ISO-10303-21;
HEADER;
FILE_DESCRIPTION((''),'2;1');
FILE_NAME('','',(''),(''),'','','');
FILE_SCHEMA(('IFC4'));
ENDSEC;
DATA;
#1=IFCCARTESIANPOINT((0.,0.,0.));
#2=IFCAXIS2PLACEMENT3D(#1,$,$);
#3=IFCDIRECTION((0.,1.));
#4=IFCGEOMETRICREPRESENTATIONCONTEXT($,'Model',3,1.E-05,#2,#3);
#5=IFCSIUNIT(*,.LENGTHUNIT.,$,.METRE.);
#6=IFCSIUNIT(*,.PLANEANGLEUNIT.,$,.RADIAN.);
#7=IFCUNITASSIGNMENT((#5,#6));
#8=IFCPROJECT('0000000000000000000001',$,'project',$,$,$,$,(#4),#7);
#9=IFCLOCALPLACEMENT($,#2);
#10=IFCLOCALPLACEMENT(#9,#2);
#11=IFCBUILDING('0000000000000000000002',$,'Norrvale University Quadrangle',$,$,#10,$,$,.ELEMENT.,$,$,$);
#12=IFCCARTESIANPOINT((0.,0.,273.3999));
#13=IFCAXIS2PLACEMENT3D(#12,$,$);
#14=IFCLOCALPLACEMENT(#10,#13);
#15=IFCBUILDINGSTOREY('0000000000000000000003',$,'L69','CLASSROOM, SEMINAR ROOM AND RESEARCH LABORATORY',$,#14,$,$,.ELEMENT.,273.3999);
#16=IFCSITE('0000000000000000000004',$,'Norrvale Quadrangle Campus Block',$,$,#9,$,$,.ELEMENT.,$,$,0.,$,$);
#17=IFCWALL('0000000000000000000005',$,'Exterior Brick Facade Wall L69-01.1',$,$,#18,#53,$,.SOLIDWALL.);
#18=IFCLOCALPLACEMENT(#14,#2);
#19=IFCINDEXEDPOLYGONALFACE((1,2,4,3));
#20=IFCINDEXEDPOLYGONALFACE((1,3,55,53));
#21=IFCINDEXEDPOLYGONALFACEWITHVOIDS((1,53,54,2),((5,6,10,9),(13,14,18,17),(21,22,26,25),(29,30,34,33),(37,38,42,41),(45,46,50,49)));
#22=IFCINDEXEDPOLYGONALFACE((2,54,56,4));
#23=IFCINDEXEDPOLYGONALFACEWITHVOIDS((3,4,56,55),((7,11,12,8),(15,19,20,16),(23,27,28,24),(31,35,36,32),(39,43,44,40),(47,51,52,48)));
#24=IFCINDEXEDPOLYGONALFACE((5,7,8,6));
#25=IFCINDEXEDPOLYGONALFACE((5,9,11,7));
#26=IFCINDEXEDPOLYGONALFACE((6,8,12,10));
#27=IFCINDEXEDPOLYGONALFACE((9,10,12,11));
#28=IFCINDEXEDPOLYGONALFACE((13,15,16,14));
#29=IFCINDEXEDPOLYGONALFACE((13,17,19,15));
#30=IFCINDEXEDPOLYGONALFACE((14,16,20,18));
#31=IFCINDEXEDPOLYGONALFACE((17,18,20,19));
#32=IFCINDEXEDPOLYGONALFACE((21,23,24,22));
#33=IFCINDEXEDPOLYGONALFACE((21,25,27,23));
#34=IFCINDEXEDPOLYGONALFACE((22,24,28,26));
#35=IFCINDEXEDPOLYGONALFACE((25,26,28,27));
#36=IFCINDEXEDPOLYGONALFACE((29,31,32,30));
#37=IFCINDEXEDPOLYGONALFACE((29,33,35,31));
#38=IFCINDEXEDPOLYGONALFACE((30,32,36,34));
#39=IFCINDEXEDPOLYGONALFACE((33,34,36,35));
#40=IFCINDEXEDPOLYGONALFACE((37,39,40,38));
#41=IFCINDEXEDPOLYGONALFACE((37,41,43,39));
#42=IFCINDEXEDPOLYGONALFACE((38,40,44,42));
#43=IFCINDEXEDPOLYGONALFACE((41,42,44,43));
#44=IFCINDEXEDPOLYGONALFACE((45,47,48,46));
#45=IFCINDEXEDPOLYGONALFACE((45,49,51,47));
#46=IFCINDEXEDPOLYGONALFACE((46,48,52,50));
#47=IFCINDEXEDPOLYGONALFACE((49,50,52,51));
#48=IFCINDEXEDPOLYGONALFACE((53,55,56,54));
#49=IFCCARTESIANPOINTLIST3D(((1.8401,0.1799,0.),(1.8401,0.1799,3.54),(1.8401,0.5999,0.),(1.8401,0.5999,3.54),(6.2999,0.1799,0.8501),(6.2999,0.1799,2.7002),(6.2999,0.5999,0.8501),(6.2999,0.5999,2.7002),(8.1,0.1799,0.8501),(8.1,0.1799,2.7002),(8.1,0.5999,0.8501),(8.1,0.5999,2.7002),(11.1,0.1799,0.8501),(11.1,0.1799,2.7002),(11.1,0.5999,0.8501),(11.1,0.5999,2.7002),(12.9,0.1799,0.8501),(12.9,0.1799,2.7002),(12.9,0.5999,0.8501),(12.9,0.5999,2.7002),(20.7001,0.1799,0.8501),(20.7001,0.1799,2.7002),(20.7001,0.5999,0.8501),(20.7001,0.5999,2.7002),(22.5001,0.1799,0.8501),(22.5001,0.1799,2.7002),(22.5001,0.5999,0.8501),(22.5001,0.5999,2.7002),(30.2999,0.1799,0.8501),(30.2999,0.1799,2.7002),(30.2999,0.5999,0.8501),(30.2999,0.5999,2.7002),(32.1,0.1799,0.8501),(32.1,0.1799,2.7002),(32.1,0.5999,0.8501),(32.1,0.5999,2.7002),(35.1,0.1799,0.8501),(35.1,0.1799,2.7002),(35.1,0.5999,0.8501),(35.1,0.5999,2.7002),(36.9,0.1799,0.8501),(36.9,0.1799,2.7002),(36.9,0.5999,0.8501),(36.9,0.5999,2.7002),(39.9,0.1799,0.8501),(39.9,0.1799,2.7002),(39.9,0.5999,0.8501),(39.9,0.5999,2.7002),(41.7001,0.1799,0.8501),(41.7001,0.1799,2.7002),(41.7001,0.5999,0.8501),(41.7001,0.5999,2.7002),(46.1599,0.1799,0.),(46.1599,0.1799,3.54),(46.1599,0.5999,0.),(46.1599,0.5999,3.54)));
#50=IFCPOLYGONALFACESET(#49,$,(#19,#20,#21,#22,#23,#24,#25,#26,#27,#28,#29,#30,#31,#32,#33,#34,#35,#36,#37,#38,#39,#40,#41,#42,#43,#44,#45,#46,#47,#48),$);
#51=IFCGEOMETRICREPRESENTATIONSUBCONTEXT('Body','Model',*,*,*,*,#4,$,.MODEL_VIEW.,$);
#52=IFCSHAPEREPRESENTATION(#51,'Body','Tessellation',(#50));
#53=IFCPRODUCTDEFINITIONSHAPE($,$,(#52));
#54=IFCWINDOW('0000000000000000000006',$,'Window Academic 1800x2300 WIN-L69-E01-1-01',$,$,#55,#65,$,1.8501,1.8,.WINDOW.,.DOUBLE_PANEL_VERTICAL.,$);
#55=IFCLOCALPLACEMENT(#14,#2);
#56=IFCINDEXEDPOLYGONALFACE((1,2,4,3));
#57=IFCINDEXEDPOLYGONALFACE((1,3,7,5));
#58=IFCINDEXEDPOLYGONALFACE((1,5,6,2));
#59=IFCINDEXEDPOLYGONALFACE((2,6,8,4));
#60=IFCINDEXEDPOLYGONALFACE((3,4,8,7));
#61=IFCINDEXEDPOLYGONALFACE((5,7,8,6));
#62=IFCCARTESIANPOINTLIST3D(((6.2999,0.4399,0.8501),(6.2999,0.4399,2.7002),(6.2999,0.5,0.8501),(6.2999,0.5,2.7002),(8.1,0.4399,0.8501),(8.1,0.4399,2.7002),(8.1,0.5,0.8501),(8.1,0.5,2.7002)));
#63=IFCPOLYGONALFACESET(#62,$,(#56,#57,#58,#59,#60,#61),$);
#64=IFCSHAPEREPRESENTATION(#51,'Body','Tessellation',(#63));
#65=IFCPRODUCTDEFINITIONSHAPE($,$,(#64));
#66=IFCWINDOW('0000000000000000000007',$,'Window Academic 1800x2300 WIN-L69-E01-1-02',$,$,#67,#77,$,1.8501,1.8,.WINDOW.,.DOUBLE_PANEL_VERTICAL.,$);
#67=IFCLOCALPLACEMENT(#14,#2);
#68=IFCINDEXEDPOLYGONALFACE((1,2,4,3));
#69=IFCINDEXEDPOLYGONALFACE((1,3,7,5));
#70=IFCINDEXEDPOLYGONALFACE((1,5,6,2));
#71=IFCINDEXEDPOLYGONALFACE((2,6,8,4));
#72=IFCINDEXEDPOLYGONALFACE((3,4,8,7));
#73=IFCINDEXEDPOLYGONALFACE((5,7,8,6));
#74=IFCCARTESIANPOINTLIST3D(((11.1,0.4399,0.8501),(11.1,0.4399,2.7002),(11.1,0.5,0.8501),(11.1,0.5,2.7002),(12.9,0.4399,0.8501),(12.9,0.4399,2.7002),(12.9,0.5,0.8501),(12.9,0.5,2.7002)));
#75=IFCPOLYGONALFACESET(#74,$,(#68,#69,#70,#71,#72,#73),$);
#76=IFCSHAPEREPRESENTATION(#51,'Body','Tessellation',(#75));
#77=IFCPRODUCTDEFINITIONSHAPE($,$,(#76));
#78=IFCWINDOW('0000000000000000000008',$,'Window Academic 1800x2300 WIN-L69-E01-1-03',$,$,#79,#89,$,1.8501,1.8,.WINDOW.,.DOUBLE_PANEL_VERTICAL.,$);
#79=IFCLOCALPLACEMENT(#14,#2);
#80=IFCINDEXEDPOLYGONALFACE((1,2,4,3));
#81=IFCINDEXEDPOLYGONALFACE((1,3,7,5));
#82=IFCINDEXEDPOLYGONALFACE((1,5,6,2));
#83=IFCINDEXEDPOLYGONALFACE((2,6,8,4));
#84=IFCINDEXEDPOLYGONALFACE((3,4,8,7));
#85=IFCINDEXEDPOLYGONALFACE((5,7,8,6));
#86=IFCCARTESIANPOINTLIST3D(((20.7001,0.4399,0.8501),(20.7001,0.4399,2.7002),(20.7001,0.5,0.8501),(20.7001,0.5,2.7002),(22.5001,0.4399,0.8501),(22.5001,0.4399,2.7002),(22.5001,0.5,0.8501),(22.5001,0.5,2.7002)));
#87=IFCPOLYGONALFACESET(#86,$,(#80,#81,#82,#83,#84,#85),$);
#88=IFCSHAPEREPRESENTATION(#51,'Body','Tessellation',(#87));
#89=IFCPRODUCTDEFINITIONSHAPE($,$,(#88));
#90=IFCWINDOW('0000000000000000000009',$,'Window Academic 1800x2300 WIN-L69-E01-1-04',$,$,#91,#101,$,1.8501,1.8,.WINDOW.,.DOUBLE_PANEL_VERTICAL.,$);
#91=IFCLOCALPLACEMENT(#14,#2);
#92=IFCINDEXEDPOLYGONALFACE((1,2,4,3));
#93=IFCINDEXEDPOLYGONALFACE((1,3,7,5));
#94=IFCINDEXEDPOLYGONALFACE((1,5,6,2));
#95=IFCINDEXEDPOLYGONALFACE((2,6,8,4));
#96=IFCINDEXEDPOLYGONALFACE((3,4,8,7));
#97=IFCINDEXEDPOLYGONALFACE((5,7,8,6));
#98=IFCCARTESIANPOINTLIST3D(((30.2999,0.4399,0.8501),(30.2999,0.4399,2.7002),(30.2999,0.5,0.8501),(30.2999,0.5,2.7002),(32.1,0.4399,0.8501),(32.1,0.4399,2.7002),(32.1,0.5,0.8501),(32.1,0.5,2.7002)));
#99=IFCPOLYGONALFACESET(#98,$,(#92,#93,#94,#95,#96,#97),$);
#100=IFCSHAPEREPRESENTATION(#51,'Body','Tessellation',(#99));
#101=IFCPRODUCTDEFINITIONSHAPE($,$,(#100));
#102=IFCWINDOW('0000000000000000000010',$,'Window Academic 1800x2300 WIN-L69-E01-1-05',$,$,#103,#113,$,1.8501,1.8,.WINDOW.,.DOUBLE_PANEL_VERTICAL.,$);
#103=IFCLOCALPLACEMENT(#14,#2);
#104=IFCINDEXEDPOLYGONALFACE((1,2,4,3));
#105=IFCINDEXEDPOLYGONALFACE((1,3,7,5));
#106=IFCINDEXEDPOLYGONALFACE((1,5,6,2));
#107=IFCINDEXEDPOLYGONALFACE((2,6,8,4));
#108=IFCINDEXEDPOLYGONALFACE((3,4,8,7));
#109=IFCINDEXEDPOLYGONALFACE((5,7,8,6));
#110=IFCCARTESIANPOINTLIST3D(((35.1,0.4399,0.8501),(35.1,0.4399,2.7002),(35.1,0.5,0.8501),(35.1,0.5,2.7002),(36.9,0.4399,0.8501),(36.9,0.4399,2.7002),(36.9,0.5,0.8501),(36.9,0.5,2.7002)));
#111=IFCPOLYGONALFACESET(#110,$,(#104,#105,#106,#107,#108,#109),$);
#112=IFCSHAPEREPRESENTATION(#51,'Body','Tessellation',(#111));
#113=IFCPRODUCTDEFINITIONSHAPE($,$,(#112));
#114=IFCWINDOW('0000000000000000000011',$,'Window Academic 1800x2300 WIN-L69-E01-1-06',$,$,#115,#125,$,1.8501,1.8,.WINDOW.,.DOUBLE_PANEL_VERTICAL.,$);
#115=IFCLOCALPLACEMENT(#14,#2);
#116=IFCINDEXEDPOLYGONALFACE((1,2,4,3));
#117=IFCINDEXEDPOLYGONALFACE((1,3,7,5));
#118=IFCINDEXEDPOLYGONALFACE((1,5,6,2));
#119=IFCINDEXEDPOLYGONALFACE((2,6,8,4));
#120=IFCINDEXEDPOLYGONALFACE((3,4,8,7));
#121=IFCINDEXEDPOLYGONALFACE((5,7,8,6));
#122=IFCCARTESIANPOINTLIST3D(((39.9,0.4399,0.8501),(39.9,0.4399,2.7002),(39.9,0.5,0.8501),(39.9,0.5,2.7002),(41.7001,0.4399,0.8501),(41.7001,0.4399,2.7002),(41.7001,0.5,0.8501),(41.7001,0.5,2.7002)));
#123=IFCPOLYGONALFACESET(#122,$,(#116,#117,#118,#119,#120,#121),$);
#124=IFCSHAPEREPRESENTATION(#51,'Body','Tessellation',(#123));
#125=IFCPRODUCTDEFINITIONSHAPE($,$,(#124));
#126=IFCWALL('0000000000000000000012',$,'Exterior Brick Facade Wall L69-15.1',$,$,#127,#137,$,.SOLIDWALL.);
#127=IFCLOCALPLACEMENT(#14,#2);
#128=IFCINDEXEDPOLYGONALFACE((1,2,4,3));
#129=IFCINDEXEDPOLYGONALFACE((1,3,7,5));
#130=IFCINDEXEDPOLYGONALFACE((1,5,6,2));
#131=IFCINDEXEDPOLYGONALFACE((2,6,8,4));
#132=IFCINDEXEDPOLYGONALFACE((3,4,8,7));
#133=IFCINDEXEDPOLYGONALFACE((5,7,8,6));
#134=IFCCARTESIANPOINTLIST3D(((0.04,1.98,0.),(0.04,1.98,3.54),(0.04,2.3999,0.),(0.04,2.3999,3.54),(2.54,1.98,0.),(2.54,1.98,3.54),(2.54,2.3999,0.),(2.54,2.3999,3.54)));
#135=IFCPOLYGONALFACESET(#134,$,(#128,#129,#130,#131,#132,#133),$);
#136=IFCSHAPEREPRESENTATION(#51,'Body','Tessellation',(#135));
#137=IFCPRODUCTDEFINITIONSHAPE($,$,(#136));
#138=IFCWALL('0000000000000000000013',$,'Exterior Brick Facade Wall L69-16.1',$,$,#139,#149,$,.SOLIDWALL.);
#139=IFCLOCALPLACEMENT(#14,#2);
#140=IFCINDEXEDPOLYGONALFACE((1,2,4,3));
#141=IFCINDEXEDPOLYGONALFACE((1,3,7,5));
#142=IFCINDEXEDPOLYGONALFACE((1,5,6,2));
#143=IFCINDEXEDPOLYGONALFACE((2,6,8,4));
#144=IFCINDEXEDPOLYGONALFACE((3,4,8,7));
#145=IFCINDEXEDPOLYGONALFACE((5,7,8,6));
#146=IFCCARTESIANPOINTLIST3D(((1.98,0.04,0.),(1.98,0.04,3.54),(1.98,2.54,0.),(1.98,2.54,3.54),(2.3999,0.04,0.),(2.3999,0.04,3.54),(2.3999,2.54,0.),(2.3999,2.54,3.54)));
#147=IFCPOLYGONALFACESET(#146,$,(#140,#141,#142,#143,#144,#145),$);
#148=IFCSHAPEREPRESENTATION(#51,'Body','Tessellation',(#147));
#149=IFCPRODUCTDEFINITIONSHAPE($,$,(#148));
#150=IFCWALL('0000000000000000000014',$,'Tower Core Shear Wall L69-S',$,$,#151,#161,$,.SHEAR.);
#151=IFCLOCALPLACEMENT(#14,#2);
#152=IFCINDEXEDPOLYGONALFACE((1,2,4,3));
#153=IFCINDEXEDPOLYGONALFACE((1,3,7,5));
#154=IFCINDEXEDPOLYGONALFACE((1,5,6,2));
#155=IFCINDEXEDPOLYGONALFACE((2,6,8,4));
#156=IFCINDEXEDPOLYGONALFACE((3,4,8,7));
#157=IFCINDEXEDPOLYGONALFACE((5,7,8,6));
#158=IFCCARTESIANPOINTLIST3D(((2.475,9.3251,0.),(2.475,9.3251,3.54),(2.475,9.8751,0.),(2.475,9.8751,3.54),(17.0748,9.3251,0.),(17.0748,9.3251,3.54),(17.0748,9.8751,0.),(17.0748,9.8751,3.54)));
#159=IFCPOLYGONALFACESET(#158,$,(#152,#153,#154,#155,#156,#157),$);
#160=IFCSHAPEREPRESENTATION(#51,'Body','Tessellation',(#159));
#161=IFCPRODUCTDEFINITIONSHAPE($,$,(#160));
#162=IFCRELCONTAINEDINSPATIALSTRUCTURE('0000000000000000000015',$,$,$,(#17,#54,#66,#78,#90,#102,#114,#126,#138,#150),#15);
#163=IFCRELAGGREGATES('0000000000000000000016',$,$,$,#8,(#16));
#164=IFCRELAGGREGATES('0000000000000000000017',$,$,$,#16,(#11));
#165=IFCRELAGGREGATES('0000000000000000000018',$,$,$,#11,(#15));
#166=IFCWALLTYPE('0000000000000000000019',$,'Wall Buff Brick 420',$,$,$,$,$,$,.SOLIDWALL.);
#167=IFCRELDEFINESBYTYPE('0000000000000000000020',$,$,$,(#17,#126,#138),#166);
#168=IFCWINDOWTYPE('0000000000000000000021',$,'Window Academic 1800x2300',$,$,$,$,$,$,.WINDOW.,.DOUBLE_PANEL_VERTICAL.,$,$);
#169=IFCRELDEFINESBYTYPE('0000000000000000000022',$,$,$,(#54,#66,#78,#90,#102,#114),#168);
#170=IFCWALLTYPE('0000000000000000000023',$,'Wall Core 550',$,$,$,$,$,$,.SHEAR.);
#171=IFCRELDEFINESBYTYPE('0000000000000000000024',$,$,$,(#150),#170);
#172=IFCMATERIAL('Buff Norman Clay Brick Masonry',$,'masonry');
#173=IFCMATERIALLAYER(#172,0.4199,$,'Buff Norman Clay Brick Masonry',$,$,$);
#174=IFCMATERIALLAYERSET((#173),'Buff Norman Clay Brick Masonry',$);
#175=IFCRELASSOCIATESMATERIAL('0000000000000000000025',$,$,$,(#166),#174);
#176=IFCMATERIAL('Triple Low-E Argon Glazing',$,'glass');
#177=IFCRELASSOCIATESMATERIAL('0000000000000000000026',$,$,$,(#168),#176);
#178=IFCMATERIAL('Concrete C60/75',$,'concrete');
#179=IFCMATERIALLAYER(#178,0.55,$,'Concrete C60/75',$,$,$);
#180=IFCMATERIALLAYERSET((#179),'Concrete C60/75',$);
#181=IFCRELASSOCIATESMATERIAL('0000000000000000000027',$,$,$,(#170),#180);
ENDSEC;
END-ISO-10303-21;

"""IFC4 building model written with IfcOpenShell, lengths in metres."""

from ifc_helpers import new_model, si_unit, direction, frame, frame_2d, origin, place, context, subcontext, project, spatial, rectangle, extrude, material, layer, layer_set, type_object, element, fill, save


model = new_model("IFC4")

# Units and contexts
model_context = context("Model", 3, precision=1e-05, world=origin(), true_north=direction((0.0, 1.0)))
body_context = subcontext(model_context, "Body", "Model", "MODEL_VIEW")
ifc_project = project(units=[si_unit("LENGTHUNIT", "METRE"), si_unit("PLANEANGLEUNIT", "RADIAN")], contexts=[model_context])

# Site, building, storey
site_placement = place(None, origin())
site = spatial("IfcSite", under=ifc_project, at=site_placement, Name="Norrvale Quadrangle Campus Block", CompositionType="ELEMENT", RefElevation=0.0)
building_placement = place(site_placement, origin())
building = spatial("IfcBuilding", under=site, at=building_placement, Name="Norrvale University Quadrangle", CompositionType="ELEMENT")
storey_placement = place(building_placement, frame((0.0, 0.0, 273.3999)))
storey = spatial("IfcBuildingStorey", under=building, at=storey_placement, Name="L69", Description="CLASSROOM, SEMINAR ROOM AND RESEARCH LABORATORY", CompositionType="ELEMENT", Elevation=273.3999)

# Shared definitions
ifc_material_1 = material(Name="Concrete C60/75", Category="concrete")

# Wall, openings, windows
ifc_material_2 = material(Name="Buff Norman Clay Brick Masonry", Category="masonry")
ifc_layer_1 = layer(ifc_material_2, 0.4199, Name="Buff Norman Clay Brick Masonry")
ifc_layer_set_1 = layer_set([ifc_layer_1], Name="Buff Norman Clay Brick Masonry")
wall_type_1 = type_object("IfcWallType", Name="Wall Buff Brick 420", PredefinedType="SOLIDWALL", material=ifc_layer_set_1)
wall_1_placement = place(storey_placement, frame((1.8401, 0.3899, 0.0), z_axis=(0.0, 0.0, 1.0), x_axis=(1.0, 0.0, 0.0)))
wall_1 = element("IfcWall", 1, at=wall_1_placement, inside=storey, type_object=wall_type_1, Name="Exterior Brick Facade Wall L69-01.1", PredefinedType="SOLIDWALL", context=body_context, shape_type="SweptSolid", body=[
    extrude(rectangle(XDim=44.3198, YDim=0.4199, at=frame_2d((22.1599, 0.0))), origin(), (0.0, 0.0, 1.0), 3.54),
])
opening_1_placement = place(wall_1_placement, frame((4.46, 0.0, 0.8501)))
opening_1 = element("IfcOpeningElement", 2, at=opening_1_placement, cuts=wall_1, PredefinedType="OPENING", context=body_context, shape_type="SweptSolid", body=[
    extrude(rectangle(XDim=1.8, YDim=1.8501, at=frame_2d((0.8999, 0.925))), frame((0.0, 0.2219, 0.0), z_axis=(0.0, -1.0, 0.0), x_axis=(1.0, 0.0, 0.0)), (0.0, 0.0, 1.0), 0.4438),
])
opening_2_placement = place(wall_1_placement, frame((9.26, 0.0, 0.8501)))
opening_2 = element("IfcOpeningElement", 3, at=opening_2_placement, cuts=wall_1, PredefinedType="OPENING", context=body_context, shape_type="SweptSolid", body=[
    extrude(rectangle(XDim=1.8, YDim=1.8501, at=frame_2d((0.8999, 0.925))), frame((0.0, 0.2219, 0.0), z_axis=(0.0, -1.0, 0.0), x_axis=(1.0, 0.0, 0.0)), (0.0, 0.0, 1.0), 0.4438),
])
opening_3_placement = place(wall_1_placement, frame((18.8601, 0.0, 0.8501)))
opening_3 = element("IfcOpeningElement", 4, at=opening_3_placement, cuts=wall_1, PredefinedType="OPENING", context=body_context, shape_type="SweptSolid", body=[
    extrude(rectangle(XDim=1.8, YDim=1.8501, at=frame_2d((0.8999, 0.925))), frame((0.0, 0.2219, 0.0), z_axis=(0.0, -1.0, 0.0), x_axis=(1.0, 0.0, 0.0)), (0.0, 0.0, 1.0), 0.4438),
])
opening_4_placement = place(wall_1_placement, frame((28.46, 0.0, 0.8501)))
opening_4 = element("IfcOpeningElement", 5, at=opening_4_placement, cuts=wall_1, PredefinedType="OPENING", context=body_context, shape_type="SweptSolid", body=[
    extrude(rectangle(XDim=1.8, YDim=1.8501, at=frame_2d((0.8999, 0.925))), frame((0.0, 0.2219, 0.0), z_axis=(0.0, -1.0, 0.0), x_axis=(1.0, 0.0, 0.0)), (0.0, 0.0, 1.0), 0.4438),
])
opening_5_placement = place(wall_1_placement, frame((33.26, 0.0, 0.8501)))
opening_5 = element("IfcOpeningElement", 6, at=opening_5_placement, cuts=wall_1, PredefinedType="OPENING", context=body_context, shape_type="SweptSolid", body=[
    extrude(rectangle(XDim=1.8, YDim=1.8501, at=frame_2d((0.8999, 0.925))), frame((0.0, 0.2219, 0.0), z_axis=(0.0, -1.0, 0.0), x_axis=(1.0, 0.0, 0.0)), (0.0, 0.0, 1.0), 0.4438),
])
opening_6_placement = place(wall_1_placement, frame((38.0601, 0.0, 0.8501)))
opening_6 = element("IfcOpeningElement", 7, at=opening_6_placement, cuts=wall_1, PredefinedType="OPENING", context=body_context, shape_type="SweptSolid", body=[
    extrude(rectangle(XDim=1.8, YDim=1.8501, at=frame_2d((0.8999, 0.925))), frame((0.0, 0.2219, 0.0), z_axis=(0.0, -1.0, 0.0), x_axis=(1.0, 0.0, 0.0)), (0.0, 0.0, 1.0), 0.4438),
])
ifc_material_3 = material(Name="Triple Low-E Argon Glazing", Category="glass")
window_type = type_object("IfcWindowType", Name="Window Academic 1800x2300", PartitioningType="DOUBLE_PANEL_VERTICAL", PredefinedType="WINDOW", material=ifc_material_3)
window_1_placement = place(opening_1_placement, origin())
window_1 = element("IfcWindow", 8, at=window_1_placement, inside=storey, type_object=window_type, Name="Window Academic 1800x2300 WIN-L69-E01-1-01", OverallHeight=1.8501, OverallWidth=1.8, PartitioningType="DOUBLE_PANEL_VERTICAL", PredefinedType="WINDOW", context=body_context, shape_type="SweptSolid", body=[
    extrude(rectangle(XDim=1.8, YDim=1.8501, at=frame_2d((0.8999, 0.925))), frame((0.0, 0.1101, 0.0), z_axis=(0.0, -1.0, 0.0), x_axis=(1.0, 0.0, 0.0)), (0.0, 0.0, 1.0), 0.0601),
])
fill(opening_1, window_1)
window_2_placement = place(opening_2_placement, origin())
window_2 = element("IfcWindow", 9, at=window_2_placement, inside=storey, type_object=window_type, Name="Window Academic 1800x2300 WIN-L69-E01-1-02", OverallHeight=1.8501, OverallWidth=1.8, PartitioningType="DOUBLE_PANEL_VERTICAL", PredefinedType="WINDOW", context=body_context, shape_type="SweptSolid", body=[
    extrude(rectangle(XDim=1.8, YDim=1.8501, at=frame_2d((0.8999, 0.925))), frame((0.0, 0.1101, 0.0), z_axis=(0.0, -1.0, 0.0), x_axis=(1.0, 0.0, 0.0)), (0.0, 0.0, 1.0), 0.0601),
])
fill(opening_2, window_2)
window_3_placement = place(opening_3_placement, origin())
window_3 = element("IfcWindow", 10, at=window_3_placement, inside=storey, type_object=window_type, Name="Window Academic 1800x2300 WIN-L69-E01-1-03", OverallHeight=1.8501, OverallWidth=1.8, PartitioningType="DOUBLE_PANEL_VERTICAL", PredefinedType="WINDOW", context=body_context, shape_type="SweptSolid", body=[
    extrude(rectangle(XDim=1.8, YDim=1.8501, at=frame_2d((0.8999, 0.925))), frame((0.0, 0.1101, 0.0), z_axis=(0.0, -1.0, 0.0), x_axis=(1.0, 0.0, 0.0)), (0.0, 0.0, 1.0), 0.0601),
])
fill(opening_3, window_3)
window_4_placement = place(opening_4_placement, origin())
window_4 = element("IfcWindow", 11, at=window_4_placement, inside=storey, type_object=window_type, Name="Window Academic 1800x2300 WIN-L69-E01-1-04", OverallHeight=1.8501, OverallWidth=1.8, PartitioningType="DOUBLE_PANEL_VERTICAL", PredefinedType="WINDOW", context=body_context, shape_type="SweptSolid", body=[
    extrude(rectangle(XDim=1.8, YDim=1.8501, at=frame_2d((0.8999, 0.925))), frame((0.0, 0.1101, 0.0), z_axis=(0.0, -1.0, 0.0), x_axis=(1.0, 0.0, 0.0)), (0.0, 0.0, 1.0), 0.0601),
])
fill(opening_4, window_4)
window_5_placement = place(opening_5_placement, origin())
window_5 = element("IfcWindow", 12, at=window_5_placement, inside=storey, type_object=window_type, Name="Window Academic 1800x2300 WIN-L69-E01-1-05", OverallHeight=1.8501, OverallWidth=1.8, PartitioningType="DOUBLE_PANEL_VERTICAL", PredefinedType="WINDOW", context=body_context, shape_type="SweptSolid", body=[
    extrude(rectangle(XDim=1.8, YDim=1.8501, at=frame_2d((0.8999, 0.925))), frame((0.0, 0.1101, 0.0), z_axis=(0.0, -1.0, 0.0), x_axis=(1.0, 0.0, 0.0)), (0.0, 0.0, 1.0), 0.0601),
])
fill(opening_5, window_5)
window_6_placement = place(opening_6_placement, origin())
window_6 = element("IfcWindow", 13, at=window_6_placement, inside=storey, type_object=window_type, Name="Window Academic 1800x2300 WIN-L69-E01-1-06", OverallHeight=1.8501, OverallWidth=1.8, PartitioningType="DOUBLE_PANEL_VERTICAL", PredefinedType="WINDOW", context=body_context, shape_type="SweptSolid", body=[
    extrude(rectangle(XDim=1.8, YDim=1.8501, at=frame_2d((0.8999, 0.925))), frame((0.0, 0.1101, 0.0), z_axis=(0.0, -1.0, 0.0), x_axis=(1.0, 0.0, 0.0)), (0.0, 0.0, 1.0), 0.0601),
])
fill(opening_6, window_6)

# Walls
for number, where, z_axis, x_axis, name in (
    (14, (0.04, 2.1899, 0.0), (0.0, 0.0, 1.0), (1.0, 0.0, 0.0), "Exterior Brick Facade Wall L69-15.1"),
    (15, (2.1899, 2.54, 0.0), (0.0, 0.0, 1.0), (0.0, -1.0, 0.0), "Exterior Brick Facade Wall L69-16.1"),
):
    element("IfcWall", number, at=place(storey_placement, frame(where, z_axis=z_axis, x_axis=x_axis)), inside=storey, type_object=wall_type_1, Name=name, PredefinedType="SOLIDWALL", context=body_context, shape_type="SweptSolid", body=[
        extrude(rectangle(XDim=2.5, YDim=0.4199, at=frame_2d((1.25, 0.0))), origin(), (0.0, 0.0, 1.0), 3.54),
    ])
ifc_layer_2 = layer(ifc_material_1, 0.55, Name="Concrete C60/75")
ifc_layer_set_2 = layer_set([ifc_layer_2], Name="Concrete C60/75")
wall_type_2 = type_object("IfcWallType", Name="Wall Core 550", PredefinedType="SHEAR", material=ifc_layer_set_2)
wall_2_placement = place(storey_placement, frame((2.4751, 9.6001, 0.0), z_axis=(0.0, 0.0, 1.0), x_axis=(1.0, 0.0, 0.0)))
element("IfcWall", 16, at=wall_2_placement, inside=storey, type_object=wall_type_2, Name="Tower Core Shear Wall L69-S", PredefinedType="SHEAR", context=body_context, shape_type="SweptSolid", body=[
    extrude(rectangle(XDim=14.5999, YDim=0.55, at=frame_2d((7.2998, 0.0))), origin(), (0.0, 0.0, 1.0), 3.54),
])

save(model, "model.ifc")
